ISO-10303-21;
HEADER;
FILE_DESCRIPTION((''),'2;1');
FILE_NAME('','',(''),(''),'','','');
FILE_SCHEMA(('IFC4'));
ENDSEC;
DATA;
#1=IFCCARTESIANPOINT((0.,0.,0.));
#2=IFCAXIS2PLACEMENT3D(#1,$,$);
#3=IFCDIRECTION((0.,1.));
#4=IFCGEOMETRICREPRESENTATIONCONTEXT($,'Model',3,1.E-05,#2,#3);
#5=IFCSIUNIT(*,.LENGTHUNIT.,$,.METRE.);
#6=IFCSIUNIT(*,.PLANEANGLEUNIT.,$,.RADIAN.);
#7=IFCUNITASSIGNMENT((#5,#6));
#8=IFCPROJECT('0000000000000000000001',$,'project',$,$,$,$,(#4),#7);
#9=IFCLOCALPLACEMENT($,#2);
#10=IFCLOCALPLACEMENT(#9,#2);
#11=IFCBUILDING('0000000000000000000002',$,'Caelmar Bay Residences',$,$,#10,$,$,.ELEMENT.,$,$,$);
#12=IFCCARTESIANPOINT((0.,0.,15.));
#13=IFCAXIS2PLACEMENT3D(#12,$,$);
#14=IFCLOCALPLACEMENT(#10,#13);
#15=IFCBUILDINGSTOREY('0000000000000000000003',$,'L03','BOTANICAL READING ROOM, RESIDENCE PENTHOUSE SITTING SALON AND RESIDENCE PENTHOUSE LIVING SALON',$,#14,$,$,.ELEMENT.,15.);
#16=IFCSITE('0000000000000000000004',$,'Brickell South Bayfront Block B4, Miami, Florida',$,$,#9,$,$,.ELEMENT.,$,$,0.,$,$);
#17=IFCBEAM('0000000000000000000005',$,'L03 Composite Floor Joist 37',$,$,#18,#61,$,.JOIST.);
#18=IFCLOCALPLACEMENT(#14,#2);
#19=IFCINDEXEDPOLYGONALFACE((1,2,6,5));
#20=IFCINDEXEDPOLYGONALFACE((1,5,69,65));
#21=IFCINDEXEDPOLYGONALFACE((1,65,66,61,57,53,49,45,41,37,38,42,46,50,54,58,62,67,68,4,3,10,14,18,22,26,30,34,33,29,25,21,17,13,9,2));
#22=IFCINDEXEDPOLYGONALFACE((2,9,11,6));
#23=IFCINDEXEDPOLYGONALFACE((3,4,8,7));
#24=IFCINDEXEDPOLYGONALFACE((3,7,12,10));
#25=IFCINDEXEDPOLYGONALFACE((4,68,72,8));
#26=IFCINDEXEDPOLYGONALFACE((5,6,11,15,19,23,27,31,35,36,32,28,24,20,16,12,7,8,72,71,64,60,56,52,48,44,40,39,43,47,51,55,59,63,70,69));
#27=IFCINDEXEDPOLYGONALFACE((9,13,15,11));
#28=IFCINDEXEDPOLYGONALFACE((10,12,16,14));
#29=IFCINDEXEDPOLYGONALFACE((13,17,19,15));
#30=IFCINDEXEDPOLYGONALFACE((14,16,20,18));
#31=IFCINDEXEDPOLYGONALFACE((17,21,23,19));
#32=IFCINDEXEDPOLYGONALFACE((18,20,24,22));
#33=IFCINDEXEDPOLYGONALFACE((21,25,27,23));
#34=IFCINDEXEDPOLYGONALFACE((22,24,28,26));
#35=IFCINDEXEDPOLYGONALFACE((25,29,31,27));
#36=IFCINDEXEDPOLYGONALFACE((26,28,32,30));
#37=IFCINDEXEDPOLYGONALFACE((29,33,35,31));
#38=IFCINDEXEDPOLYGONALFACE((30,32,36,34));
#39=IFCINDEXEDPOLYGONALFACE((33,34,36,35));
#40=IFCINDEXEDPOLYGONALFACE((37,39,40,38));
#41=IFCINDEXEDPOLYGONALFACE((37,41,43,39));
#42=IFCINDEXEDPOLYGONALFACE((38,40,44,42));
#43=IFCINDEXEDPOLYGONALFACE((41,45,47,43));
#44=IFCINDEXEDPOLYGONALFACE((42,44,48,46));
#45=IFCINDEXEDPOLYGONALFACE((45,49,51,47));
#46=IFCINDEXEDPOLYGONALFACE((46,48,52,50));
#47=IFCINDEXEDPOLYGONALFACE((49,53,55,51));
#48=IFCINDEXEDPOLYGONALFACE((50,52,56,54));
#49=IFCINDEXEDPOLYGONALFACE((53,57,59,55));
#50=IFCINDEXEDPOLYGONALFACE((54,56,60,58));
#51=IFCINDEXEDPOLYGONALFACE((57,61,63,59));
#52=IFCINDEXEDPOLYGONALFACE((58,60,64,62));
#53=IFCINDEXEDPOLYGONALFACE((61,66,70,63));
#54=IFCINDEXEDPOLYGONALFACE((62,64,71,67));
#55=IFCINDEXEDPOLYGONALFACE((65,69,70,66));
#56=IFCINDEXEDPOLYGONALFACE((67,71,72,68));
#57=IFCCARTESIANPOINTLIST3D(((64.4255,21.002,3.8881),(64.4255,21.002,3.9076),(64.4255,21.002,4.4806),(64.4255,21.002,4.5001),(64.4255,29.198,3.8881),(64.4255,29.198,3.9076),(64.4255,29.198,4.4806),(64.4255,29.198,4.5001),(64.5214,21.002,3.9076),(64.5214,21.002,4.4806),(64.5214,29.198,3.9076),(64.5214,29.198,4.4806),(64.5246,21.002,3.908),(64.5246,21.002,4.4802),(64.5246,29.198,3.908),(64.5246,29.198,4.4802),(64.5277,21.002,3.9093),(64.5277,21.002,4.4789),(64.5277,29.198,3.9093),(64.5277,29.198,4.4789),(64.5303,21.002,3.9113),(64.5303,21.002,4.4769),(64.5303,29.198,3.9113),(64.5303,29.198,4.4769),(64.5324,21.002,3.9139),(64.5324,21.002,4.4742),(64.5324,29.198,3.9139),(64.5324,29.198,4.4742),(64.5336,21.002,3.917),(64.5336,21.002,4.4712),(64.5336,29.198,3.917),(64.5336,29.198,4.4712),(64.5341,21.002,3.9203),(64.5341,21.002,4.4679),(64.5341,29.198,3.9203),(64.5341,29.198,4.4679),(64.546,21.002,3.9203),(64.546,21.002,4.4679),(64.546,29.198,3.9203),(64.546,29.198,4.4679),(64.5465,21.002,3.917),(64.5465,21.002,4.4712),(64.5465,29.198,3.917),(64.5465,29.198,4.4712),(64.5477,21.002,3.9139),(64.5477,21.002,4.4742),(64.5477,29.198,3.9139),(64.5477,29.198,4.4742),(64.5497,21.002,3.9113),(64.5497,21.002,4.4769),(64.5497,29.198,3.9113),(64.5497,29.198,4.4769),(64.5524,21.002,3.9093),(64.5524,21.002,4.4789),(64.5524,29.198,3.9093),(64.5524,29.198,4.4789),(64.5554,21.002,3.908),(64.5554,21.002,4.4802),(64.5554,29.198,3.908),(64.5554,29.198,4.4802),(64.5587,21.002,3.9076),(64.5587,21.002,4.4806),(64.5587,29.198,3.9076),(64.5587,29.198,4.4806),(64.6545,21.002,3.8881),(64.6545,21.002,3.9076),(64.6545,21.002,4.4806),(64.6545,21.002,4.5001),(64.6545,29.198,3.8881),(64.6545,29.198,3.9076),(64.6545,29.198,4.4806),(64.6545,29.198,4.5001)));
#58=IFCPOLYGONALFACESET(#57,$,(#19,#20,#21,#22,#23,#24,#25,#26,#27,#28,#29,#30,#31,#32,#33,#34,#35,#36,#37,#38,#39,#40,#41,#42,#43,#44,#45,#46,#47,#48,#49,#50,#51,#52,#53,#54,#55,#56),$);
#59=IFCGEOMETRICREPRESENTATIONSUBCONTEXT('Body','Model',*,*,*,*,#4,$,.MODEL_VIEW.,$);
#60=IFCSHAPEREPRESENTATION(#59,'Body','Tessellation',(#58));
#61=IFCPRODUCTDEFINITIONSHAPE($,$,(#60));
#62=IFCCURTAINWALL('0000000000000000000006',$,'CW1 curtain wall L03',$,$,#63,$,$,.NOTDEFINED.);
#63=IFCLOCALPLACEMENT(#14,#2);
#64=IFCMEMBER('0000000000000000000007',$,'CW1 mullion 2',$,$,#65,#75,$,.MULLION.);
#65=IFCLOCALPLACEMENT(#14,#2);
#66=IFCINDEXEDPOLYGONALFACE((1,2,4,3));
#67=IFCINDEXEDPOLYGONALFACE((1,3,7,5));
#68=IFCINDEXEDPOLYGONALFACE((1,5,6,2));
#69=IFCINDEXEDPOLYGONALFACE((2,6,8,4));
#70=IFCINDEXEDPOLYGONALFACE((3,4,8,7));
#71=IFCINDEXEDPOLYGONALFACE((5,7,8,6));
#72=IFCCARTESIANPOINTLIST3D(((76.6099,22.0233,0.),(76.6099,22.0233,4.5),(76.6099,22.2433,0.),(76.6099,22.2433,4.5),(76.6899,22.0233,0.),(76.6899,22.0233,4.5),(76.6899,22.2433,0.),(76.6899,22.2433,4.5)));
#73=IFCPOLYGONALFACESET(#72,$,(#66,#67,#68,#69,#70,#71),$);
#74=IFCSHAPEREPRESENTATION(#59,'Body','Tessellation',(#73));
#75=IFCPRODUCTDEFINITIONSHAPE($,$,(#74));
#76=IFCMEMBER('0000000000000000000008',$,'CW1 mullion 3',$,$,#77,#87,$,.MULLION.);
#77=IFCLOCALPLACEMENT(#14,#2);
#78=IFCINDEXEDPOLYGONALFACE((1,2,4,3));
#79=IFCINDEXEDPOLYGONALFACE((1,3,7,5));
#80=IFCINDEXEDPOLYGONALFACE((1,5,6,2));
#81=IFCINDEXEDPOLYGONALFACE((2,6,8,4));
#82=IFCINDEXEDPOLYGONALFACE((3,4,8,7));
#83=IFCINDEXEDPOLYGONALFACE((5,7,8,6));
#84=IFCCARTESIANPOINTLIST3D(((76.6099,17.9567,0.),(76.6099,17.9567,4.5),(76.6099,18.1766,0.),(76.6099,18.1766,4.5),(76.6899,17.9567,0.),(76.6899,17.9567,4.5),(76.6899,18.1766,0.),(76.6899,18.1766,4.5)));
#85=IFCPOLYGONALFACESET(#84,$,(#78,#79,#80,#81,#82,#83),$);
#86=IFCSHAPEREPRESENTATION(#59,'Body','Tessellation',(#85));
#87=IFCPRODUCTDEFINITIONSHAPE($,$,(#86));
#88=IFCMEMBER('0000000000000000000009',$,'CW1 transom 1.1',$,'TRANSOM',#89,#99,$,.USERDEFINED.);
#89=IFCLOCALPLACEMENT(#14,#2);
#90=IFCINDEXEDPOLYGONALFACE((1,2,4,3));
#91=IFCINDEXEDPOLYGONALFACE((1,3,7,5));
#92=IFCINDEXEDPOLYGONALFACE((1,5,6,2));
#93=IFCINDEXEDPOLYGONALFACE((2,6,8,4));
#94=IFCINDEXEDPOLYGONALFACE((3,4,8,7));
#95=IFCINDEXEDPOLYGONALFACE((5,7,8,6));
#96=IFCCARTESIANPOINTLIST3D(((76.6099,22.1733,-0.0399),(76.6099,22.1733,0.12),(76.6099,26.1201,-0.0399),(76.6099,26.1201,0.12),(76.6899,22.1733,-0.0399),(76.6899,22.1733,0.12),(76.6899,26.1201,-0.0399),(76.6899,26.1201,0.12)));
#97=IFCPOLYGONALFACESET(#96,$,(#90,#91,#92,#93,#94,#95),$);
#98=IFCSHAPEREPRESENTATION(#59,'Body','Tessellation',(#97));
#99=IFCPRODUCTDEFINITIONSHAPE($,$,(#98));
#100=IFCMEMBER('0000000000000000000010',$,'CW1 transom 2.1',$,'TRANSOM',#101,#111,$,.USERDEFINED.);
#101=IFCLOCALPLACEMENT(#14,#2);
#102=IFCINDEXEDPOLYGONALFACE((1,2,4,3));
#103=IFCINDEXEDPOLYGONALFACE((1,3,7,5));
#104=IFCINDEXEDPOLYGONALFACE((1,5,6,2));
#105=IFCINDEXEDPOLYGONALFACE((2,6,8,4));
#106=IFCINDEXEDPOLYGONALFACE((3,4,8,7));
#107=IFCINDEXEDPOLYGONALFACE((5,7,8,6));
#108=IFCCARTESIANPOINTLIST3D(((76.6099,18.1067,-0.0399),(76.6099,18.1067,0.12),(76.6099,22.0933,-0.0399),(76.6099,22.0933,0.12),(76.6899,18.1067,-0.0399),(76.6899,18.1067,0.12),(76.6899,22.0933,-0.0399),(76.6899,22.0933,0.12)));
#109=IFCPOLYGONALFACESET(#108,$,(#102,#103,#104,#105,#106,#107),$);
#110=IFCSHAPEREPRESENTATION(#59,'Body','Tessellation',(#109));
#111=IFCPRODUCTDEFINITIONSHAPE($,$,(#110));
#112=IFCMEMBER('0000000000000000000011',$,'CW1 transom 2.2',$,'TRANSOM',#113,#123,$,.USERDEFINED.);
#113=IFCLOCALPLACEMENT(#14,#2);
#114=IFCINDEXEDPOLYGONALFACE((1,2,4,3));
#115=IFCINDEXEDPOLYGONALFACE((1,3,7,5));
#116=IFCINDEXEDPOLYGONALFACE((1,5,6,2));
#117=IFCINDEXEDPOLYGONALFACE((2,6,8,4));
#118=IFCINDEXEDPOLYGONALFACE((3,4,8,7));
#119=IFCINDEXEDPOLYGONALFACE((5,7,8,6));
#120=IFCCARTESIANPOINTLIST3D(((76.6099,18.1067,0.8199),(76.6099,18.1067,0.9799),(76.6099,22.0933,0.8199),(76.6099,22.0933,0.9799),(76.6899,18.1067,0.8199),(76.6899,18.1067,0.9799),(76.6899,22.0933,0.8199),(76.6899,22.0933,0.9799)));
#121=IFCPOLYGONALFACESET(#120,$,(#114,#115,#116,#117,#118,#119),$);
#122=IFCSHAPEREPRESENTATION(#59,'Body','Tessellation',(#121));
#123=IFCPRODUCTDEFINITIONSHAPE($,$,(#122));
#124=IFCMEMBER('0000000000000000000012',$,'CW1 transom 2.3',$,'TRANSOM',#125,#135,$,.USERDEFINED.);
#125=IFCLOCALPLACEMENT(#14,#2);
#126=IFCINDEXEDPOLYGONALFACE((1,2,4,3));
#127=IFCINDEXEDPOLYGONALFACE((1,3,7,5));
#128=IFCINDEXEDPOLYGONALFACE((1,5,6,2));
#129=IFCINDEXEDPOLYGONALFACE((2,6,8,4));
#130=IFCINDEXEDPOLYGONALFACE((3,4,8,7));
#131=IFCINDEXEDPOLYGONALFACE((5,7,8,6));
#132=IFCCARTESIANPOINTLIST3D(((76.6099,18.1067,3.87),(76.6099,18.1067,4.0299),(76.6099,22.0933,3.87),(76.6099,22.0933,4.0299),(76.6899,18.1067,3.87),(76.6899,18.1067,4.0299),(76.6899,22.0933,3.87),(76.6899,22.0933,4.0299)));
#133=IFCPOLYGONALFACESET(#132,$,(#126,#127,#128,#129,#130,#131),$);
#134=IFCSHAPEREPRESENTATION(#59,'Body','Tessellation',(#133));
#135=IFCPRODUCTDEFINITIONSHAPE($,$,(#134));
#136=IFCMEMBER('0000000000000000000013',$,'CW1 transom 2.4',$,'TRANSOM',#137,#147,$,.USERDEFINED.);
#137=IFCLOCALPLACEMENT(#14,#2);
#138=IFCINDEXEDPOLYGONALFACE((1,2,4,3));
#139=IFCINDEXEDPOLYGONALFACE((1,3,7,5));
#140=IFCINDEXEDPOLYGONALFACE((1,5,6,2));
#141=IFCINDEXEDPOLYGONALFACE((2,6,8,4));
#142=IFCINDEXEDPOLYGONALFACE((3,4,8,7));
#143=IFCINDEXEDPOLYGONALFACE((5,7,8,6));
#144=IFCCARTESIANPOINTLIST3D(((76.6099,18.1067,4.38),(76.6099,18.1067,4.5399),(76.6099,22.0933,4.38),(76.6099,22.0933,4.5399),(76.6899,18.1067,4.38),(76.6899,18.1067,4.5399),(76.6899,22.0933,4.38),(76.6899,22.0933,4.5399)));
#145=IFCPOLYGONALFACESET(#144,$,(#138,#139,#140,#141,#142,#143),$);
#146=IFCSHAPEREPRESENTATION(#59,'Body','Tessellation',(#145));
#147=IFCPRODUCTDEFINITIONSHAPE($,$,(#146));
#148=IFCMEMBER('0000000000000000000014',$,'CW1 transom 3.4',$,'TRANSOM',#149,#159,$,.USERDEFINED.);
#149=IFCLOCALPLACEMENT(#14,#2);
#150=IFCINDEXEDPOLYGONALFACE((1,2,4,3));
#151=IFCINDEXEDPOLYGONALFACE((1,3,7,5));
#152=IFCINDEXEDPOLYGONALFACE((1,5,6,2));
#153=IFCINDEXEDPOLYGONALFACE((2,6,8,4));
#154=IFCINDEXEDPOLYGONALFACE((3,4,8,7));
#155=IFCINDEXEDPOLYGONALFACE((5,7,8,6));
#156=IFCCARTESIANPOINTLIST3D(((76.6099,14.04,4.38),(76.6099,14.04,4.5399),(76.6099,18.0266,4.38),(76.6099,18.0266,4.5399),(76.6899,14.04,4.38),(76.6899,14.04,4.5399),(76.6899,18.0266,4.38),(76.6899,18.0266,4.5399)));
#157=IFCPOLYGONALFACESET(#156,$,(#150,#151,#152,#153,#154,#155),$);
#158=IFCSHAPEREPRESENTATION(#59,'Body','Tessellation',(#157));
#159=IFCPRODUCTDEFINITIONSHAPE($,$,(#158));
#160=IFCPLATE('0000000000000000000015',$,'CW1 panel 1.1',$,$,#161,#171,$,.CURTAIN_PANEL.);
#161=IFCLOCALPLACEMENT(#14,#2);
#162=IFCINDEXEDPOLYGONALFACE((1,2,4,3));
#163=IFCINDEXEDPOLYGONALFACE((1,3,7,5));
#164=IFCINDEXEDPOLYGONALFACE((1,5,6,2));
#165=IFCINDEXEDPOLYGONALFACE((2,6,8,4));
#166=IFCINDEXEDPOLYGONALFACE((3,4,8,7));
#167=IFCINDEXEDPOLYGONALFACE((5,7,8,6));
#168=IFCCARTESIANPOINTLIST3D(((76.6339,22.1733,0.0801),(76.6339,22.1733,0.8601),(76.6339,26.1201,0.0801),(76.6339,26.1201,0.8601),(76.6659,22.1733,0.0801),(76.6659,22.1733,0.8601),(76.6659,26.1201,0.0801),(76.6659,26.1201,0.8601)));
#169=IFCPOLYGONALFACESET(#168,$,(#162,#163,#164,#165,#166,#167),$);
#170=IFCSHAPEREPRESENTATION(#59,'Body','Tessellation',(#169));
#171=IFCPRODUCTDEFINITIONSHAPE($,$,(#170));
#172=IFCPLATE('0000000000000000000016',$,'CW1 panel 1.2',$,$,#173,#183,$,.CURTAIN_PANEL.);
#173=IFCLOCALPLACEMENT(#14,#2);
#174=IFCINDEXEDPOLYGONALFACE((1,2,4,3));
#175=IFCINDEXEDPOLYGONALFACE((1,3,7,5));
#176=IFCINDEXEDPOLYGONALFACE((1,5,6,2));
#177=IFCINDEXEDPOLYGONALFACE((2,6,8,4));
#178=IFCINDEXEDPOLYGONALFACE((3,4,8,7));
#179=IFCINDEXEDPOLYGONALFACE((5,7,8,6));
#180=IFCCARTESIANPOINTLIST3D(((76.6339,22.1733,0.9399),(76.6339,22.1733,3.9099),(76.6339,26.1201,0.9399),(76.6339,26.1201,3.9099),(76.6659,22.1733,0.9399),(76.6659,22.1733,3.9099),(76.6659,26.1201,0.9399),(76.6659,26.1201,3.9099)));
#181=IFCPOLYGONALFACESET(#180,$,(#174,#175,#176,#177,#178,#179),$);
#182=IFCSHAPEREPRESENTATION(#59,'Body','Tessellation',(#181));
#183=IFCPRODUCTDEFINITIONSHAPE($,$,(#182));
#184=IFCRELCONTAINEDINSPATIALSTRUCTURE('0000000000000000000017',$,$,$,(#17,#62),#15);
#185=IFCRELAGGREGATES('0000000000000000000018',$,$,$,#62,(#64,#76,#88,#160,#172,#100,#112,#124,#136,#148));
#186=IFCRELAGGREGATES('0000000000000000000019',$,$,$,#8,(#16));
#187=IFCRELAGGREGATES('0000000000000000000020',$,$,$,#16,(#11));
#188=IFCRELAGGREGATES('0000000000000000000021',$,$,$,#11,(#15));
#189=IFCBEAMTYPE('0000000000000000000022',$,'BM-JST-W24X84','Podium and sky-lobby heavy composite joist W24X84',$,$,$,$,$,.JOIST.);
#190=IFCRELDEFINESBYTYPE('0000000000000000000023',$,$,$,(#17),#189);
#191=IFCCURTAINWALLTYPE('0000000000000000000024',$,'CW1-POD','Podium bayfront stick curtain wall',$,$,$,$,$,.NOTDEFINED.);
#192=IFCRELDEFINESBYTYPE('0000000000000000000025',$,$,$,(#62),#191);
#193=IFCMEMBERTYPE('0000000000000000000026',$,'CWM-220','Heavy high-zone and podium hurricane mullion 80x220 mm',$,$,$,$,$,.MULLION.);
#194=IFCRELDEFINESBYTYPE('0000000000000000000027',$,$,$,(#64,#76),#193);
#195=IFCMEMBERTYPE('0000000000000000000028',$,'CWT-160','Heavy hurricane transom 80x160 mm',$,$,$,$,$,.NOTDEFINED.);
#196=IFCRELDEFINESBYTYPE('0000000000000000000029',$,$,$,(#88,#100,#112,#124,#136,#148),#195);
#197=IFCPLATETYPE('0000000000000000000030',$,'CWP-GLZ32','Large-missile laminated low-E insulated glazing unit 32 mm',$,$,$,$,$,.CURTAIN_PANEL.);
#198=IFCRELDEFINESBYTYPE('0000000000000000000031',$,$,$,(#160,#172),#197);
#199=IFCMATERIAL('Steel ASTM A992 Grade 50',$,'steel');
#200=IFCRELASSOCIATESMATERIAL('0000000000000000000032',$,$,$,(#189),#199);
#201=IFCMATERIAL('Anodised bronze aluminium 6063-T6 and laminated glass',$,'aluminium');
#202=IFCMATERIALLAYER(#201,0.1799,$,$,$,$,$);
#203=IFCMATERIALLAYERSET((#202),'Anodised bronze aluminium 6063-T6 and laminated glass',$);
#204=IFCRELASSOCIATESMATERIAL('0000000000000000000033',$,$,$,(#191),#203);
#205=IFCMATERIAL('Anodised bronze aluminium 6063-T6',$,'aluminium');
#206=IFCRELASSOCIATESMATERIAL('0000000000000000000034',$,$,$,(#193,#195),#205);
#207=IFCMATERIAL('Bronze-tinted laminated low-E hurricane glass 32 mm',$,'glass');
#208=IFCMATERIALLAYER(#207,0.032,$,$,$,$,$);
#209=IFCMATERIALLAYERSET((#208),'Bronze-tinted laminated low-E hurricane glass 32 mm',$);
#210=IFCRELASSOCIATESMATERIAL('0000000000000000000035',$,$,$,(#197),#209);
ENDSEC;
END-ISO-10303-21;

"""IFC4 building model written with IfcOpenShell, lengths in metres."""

from ifc_helpers import new_model, si_unit, direction, frame, origin, origin_2d, place, context, subcontext, project, spatial, rectangle, i_section, extrude, material, layer, layer_set, material_profile, profile_set, type_object, element, aggregate, save


model = new_model("IFC4")

# Units and contexts
model_context = context("Model", 3, precision=1e-05, world=origin(), true_north=direction((0.0, 1.0)))
body_context = subcontext(model_context, "Body", "Model", "MODEL_VIEW")
ifc_project = project(units=[si_unit("LENGTHUNIT", "METRE"), si_unit("PLANEANGLEUNIT", "RADIAN")], contexts=[model_context])

# Site, building, storey
site_placement = place(None, origin())
site = spatial("IfcSite", under=ifc_project, at=site_placement, Name="Brickell South Bayfront Block B4, Miami, Florida", CompositionType="ELEMENT", RefElevation=0.0)
building_placement = place(site_placement, origin())
building = spatial("IfcBuilding", under=site, at=building_placement, Name="Caelmar Bay Residences", CompositionType="ELEMENT")
storey_placement = place(building_placement, frame((0.0, 0.0, 15.0)))
storey = spatial("IfcBuildingStorey", under=building, at=storey_placement, Name="L03", Description="BOTANICAL READING ROOM, RESIDENCE PENTHOUSE SITTING SALON AND RESIDENCE PENTHOUSE LIVING SALON", CompositionType="ELEMENT", Elevation=15.0)

# Beam
ifc_material_1 = material(Name="Steel ASTM A992 Grade 50", Category="steel")
ifc_material_profile_1 = material_profile(ifc_material_1, i_section(OverallWidth=0.229, OverallDepth=0.6121, WebThickness=0.012, FlangeThickness=0.0195, FilletRadius=0.0127, at=origin_2d()), Name="W24X84")
ifc_profile_set_1 = profile_set([ifc_material_profile_1], Name="Steel ASTM A992 Grade 50")
beam_type_1 = type_object("IfcBeamType", Name="BM-JST-W24X84", Description="Podium and sky-lobby heavy composite joist W24X84", PredefinedType="JOIST", material=ifc_profile_set_1)
for number, where, z_axis, x_axis, name in (
    (1, (64.54, 21.002, 4.1941), (0.0, 1.0, 0.0), (-1.0, 0.0, 0.0), "L03 Composite Floor Joist 37"),
):
    element("IfcBeam", number, at=place(storey_placement, frame(where, z_axis=z_axis, x_axis=x_axis)), inside=storey, type_object=beam_type_1, Name=name, PredefinedType="JOIST", context=body_context, shape_type="SweptSolid", body=[
        extrude(i_section(OverallWidth=0.229, OverallDepth=0.6121, WebThickness=0.012, FlangeThickness=0.0195, FilletRadius=0.0127, at=origin_2d()), origin(), (0.0, 0.0, 1.0), 8.196),
    ])

# Curtain wall, members, plates
ifc_material_2 = material(Name="Anodised bronze aluminium 6063-T6 and laminated glass", Category="aluminium")
ifc_layer_1 = layer(ifc_material_2, 0.1799)
ifc_layer_set_1 = layer_set([ifc_layer_1], Name="Anodised bronze aluminium 6063-T6 and laminated glass")
curtain_wall_type = type_object("IfcCurtainWallType", Name="CW1-POD", Description="Podium bayfront stick curtain wall", PredefinedType="NOTDEFINED", material=ifc_layer_set_1)
curtain_wall_placement = place(storey_placement, origin())
curtain_wall = element("IfcCurtainWall", 2, at=curtain_wall_placement, inside=storey, type_object=curtain_wall_type, Name="CW1 curtain wall L03", PredefinedType="NOTDEFINED")
ifc_material_3 = material(Name="Anodised bronze aluminium 6063-T6", Category="aluminium")
ifc_material_profile_2 = material_profile(ifc_material_3, rectangle(XDim=0.0801, YDim=0.22, at=origin_2d()), Name="CWM-80X220")
ifc_profile_set_2 = profile_set([ifc_material_profile_2], Name="Anodised bronze aluminium 6063-T6")
member_type_1 = type_object("IfcMemberType", Name="CWM-220", Description="Heavy high-zone and podium hurricane mullion 80x220 mm", PredefinedType="MULLION", material=ifc_profile_set_2)
member_1_placement = place(storey_placement, frame((76.6499, 22.1333, 0.0), z_axis=(0.0, 0.0, 1.0), x_axis=(1.0, 0.0, 0.0)))
member_1 = element("IfcMember", 3, at=member_1_placement, type_object=member_type_1, Name="CW1 mullion 2", PredefinedType="MULLION", context=body_context, shape_type="SweptSolid", body=[
    extrude(rectangle(XDim=0.0801, YDim=0.22, at=origin_2d()), origin(), (0.0, 0.0, 1.0), 4.5),
])
member_2_placement = place(storey_placement, frame((76.6499, 18.0667, 0.0), z_axis=(0.0, 0.0, 1.0), x_axis=(1.0, 0.0, 0.0)))
member_2 = element("IfcMember", 4, at=member_2_placement, type_object=member_type_1, Name="CW1 mullion 3", PredefinedType="MULLION", context=body_context, shape_type="SweptSolid", body=[
    extrude(rectangle(XDim=0.0801, YDim=0.22, at=origin_2d()), origin(), (0.0, 0.0, 1.0), 4.5),
])
ifc_material_profile_3 = material_profile(ifc_material_3, rectangle(XDim=0.0801, YDim=0.1599, at=origin_2d()), Name="CWT-80X160")
ifc_profile_set_3 = profile_set([ifc_material_profile_3], Name="Anodised bronze aluminium 6063-T6")
member_type_2 = type_object("IfcMemberType", Name="CWT-160", Description="Heavy hurricane transom 80x160 mm", PredefinedType="NOTDEFINED", material=ifc_profile_set_3)
member_3_placement = place(storey_placement, frame((76.6499, 26.1201, 0.04), z_axis=(0.0, -1.0, 0.0), x_axis=(1.0, 0.0, 0.0)))
member_3 = element("IfcMember", 5, at=member_3_placement, type_object=member_type_2, Name="CW1 transom 1.1", ObjectType="TRANSOM", PredefinedType="USERDEFINED", context=body_context, shape_type="SweptSolid", body=[
    extrude(rectangle(XDim=0.0801, YDim=0.1599, at=origin_2d()), origin(), (0.0, 0.0, 1.0), 3.9468),
])
member_4_placement = place(storey_placement, frame((76.6499, 22.0933, 0.04), z_axis=(0.0, -1.0, 0.0), x_axis=(1.0, 0.0, 0.0)))
member_4 = element("IfcMember", 6, at=member_4_placement, type_object=member_type_2, Name="CW1 transom 2.1", ObjectType="TRANSOM", PredefinedType="USERDEFINED", context=body_context, shape_type="SweptSolid", body=[
    extrude(rectangle(XDim=0.0801, YDim=0.1599, at=origin_2d()), origin(), (0.0, 0.0, 1.0), 3.9866),
])
member_5_placement = place(storey_placement, frame((76.6499, 22.0933, 0.8999), z_axis=(0.0, -1.0, 0.0), x_axis=(1.0, 0.0, 0.0)))
member_5 = element("IfcMember", 7, at=member_5_placement, type_object=member_type_2, Name="CW1 transom 2.2", ObjectType="TRANSOM", PredefinedType="USERDEFINED", context=body_context, shape_type="SweptSolid", body=[
    extrude(rectangle(XDim=0.0801, YDim=0.1599, at=origin_2d()), origin(), (0.0, 0.0, 1.0), 3.9866),
])
member_6_placement = place(storey_placement, frame((76.6499, 22.0933, 3.95), z_axis=(0.0, -1.0, 0.0), x_axis=(1.0, 0.0, 0.0)))
member_6 = element("IfcMember", 8, at=member_6_placement, type_object=member_type_2, Name="CW1 transom 2.3", ObjectType="TRANSOM", PredefinedType="USERDEFINED", context=body_context, shape_type="SweptSolid", body=[
    extrude(rectangle(XDim=0.0801, YDim=0.1599, at=origin_2d()), origin(), (0.0, 0.0, 1.0), 3.9866),
])
member_7_placement = place(storey_placement, frame((76.6499, 22.0933, 4.46), z_axis=(0.0, -1.0, 0.0), x_axis=(1.0, 0.0, 0.0)))
member_7 = element("IfcMember", 9, at=member_7_placement, type_object=member_type_2, Name="CW1 transom 2.4", ObjectType="TRANSOM", PredefinedType="USERDEFINED", context=body_context, shape_type="SweptSolid", body=[
    extrude(rectangle(XDim=0.0801, YDim=0.1599, at=origin_2d()), origin(), (0.0, 0.0, 1.0), 3.9866),
])
member_8_placement = place(storey_placement, frame((76.6499, 18.0266, 4.46), z_axis=(0.0, -1.0, 0.0), x_axis=(1.0, 0.0, 0.0)))
member_8 = element("IfcMember", 10, at=member_8_placement, type_object=member_type_2, Name="CW1 transom 3.4", ObjectType="TRANSOM", PredefinedType="USERDEFINED", context=body_context, shape_type="SweptSolid", body=[
    extrude(rectangle(XDim=0.0801, YDim=0.1599, at=origin_2d()), origin(), (0.0, 0.0, 1.0), 3.9866),
])
ifc_material_4 = material(Name="Bronze-tinted laminated low-E hurricane glass 32 mm", Category="glass")
ifc_layer_2 = layer(ifc_material_4, 0.032)
ifc_layer_set_2 = layer_set([ifc_layer_2], Name="Bronze-tinted laminated low-E hurricane glass 32 mm")
plate_type = type_object("IfcPlateType", Name="CWP-GLZ32", Description="Large-missile laminated low-E insulated glazing unit 32 mm", PredefinedType="CURTAIN_PANEL", material=ifc_layer_set_2)
plate_1_placement = place(storey_placement, frame((76.6499, 24.1467, 0.0801), z_axis=(0.0, 0.0, 1.0), x_axis=(0.0, -1.0, 0.0)))
plate_1 = element("IfcPlate", 11, at=plate_1_placement, type_object=plate_type, Name="CW1 panel 1.1", PredefinedType="CURTAIN_PANEL", context=body_context, shape_type="SweptSolid", body=[
    extrude(rectangle(XDim=3.9468, YDim=0.032, at=origin_2d()), origin(), (0.0, 0.0, 1.0), 0.78),
])
plate_2_placement = place(storey_placement, frame((76.6499, 24.1467, 0.9399), z_axis=(0.0, 0.0, 1.0), x_axis=(0.0, -1.0, 0.0)))
plate_2 = element("IfcPlate", 12, at=plate_2_placement, type_object=plate_type, Name="CW1 panel 1.2", PredefinedType="CURTAIN_PANEL", context=body_context, shape_type="SweptSolid", body=[
    extrude(rectangle(XDim=3.9468, YDim=0.032, at=origin_2d()), origin(), (0.0, 0.0, 1.0), 2.97),
])
aggregate(curtain_wall, [member_1, member_2, member_3, plate_1, plate_2, member_4, member_5, member_6, member_7, member_8])

save(model, "model.ifc")
